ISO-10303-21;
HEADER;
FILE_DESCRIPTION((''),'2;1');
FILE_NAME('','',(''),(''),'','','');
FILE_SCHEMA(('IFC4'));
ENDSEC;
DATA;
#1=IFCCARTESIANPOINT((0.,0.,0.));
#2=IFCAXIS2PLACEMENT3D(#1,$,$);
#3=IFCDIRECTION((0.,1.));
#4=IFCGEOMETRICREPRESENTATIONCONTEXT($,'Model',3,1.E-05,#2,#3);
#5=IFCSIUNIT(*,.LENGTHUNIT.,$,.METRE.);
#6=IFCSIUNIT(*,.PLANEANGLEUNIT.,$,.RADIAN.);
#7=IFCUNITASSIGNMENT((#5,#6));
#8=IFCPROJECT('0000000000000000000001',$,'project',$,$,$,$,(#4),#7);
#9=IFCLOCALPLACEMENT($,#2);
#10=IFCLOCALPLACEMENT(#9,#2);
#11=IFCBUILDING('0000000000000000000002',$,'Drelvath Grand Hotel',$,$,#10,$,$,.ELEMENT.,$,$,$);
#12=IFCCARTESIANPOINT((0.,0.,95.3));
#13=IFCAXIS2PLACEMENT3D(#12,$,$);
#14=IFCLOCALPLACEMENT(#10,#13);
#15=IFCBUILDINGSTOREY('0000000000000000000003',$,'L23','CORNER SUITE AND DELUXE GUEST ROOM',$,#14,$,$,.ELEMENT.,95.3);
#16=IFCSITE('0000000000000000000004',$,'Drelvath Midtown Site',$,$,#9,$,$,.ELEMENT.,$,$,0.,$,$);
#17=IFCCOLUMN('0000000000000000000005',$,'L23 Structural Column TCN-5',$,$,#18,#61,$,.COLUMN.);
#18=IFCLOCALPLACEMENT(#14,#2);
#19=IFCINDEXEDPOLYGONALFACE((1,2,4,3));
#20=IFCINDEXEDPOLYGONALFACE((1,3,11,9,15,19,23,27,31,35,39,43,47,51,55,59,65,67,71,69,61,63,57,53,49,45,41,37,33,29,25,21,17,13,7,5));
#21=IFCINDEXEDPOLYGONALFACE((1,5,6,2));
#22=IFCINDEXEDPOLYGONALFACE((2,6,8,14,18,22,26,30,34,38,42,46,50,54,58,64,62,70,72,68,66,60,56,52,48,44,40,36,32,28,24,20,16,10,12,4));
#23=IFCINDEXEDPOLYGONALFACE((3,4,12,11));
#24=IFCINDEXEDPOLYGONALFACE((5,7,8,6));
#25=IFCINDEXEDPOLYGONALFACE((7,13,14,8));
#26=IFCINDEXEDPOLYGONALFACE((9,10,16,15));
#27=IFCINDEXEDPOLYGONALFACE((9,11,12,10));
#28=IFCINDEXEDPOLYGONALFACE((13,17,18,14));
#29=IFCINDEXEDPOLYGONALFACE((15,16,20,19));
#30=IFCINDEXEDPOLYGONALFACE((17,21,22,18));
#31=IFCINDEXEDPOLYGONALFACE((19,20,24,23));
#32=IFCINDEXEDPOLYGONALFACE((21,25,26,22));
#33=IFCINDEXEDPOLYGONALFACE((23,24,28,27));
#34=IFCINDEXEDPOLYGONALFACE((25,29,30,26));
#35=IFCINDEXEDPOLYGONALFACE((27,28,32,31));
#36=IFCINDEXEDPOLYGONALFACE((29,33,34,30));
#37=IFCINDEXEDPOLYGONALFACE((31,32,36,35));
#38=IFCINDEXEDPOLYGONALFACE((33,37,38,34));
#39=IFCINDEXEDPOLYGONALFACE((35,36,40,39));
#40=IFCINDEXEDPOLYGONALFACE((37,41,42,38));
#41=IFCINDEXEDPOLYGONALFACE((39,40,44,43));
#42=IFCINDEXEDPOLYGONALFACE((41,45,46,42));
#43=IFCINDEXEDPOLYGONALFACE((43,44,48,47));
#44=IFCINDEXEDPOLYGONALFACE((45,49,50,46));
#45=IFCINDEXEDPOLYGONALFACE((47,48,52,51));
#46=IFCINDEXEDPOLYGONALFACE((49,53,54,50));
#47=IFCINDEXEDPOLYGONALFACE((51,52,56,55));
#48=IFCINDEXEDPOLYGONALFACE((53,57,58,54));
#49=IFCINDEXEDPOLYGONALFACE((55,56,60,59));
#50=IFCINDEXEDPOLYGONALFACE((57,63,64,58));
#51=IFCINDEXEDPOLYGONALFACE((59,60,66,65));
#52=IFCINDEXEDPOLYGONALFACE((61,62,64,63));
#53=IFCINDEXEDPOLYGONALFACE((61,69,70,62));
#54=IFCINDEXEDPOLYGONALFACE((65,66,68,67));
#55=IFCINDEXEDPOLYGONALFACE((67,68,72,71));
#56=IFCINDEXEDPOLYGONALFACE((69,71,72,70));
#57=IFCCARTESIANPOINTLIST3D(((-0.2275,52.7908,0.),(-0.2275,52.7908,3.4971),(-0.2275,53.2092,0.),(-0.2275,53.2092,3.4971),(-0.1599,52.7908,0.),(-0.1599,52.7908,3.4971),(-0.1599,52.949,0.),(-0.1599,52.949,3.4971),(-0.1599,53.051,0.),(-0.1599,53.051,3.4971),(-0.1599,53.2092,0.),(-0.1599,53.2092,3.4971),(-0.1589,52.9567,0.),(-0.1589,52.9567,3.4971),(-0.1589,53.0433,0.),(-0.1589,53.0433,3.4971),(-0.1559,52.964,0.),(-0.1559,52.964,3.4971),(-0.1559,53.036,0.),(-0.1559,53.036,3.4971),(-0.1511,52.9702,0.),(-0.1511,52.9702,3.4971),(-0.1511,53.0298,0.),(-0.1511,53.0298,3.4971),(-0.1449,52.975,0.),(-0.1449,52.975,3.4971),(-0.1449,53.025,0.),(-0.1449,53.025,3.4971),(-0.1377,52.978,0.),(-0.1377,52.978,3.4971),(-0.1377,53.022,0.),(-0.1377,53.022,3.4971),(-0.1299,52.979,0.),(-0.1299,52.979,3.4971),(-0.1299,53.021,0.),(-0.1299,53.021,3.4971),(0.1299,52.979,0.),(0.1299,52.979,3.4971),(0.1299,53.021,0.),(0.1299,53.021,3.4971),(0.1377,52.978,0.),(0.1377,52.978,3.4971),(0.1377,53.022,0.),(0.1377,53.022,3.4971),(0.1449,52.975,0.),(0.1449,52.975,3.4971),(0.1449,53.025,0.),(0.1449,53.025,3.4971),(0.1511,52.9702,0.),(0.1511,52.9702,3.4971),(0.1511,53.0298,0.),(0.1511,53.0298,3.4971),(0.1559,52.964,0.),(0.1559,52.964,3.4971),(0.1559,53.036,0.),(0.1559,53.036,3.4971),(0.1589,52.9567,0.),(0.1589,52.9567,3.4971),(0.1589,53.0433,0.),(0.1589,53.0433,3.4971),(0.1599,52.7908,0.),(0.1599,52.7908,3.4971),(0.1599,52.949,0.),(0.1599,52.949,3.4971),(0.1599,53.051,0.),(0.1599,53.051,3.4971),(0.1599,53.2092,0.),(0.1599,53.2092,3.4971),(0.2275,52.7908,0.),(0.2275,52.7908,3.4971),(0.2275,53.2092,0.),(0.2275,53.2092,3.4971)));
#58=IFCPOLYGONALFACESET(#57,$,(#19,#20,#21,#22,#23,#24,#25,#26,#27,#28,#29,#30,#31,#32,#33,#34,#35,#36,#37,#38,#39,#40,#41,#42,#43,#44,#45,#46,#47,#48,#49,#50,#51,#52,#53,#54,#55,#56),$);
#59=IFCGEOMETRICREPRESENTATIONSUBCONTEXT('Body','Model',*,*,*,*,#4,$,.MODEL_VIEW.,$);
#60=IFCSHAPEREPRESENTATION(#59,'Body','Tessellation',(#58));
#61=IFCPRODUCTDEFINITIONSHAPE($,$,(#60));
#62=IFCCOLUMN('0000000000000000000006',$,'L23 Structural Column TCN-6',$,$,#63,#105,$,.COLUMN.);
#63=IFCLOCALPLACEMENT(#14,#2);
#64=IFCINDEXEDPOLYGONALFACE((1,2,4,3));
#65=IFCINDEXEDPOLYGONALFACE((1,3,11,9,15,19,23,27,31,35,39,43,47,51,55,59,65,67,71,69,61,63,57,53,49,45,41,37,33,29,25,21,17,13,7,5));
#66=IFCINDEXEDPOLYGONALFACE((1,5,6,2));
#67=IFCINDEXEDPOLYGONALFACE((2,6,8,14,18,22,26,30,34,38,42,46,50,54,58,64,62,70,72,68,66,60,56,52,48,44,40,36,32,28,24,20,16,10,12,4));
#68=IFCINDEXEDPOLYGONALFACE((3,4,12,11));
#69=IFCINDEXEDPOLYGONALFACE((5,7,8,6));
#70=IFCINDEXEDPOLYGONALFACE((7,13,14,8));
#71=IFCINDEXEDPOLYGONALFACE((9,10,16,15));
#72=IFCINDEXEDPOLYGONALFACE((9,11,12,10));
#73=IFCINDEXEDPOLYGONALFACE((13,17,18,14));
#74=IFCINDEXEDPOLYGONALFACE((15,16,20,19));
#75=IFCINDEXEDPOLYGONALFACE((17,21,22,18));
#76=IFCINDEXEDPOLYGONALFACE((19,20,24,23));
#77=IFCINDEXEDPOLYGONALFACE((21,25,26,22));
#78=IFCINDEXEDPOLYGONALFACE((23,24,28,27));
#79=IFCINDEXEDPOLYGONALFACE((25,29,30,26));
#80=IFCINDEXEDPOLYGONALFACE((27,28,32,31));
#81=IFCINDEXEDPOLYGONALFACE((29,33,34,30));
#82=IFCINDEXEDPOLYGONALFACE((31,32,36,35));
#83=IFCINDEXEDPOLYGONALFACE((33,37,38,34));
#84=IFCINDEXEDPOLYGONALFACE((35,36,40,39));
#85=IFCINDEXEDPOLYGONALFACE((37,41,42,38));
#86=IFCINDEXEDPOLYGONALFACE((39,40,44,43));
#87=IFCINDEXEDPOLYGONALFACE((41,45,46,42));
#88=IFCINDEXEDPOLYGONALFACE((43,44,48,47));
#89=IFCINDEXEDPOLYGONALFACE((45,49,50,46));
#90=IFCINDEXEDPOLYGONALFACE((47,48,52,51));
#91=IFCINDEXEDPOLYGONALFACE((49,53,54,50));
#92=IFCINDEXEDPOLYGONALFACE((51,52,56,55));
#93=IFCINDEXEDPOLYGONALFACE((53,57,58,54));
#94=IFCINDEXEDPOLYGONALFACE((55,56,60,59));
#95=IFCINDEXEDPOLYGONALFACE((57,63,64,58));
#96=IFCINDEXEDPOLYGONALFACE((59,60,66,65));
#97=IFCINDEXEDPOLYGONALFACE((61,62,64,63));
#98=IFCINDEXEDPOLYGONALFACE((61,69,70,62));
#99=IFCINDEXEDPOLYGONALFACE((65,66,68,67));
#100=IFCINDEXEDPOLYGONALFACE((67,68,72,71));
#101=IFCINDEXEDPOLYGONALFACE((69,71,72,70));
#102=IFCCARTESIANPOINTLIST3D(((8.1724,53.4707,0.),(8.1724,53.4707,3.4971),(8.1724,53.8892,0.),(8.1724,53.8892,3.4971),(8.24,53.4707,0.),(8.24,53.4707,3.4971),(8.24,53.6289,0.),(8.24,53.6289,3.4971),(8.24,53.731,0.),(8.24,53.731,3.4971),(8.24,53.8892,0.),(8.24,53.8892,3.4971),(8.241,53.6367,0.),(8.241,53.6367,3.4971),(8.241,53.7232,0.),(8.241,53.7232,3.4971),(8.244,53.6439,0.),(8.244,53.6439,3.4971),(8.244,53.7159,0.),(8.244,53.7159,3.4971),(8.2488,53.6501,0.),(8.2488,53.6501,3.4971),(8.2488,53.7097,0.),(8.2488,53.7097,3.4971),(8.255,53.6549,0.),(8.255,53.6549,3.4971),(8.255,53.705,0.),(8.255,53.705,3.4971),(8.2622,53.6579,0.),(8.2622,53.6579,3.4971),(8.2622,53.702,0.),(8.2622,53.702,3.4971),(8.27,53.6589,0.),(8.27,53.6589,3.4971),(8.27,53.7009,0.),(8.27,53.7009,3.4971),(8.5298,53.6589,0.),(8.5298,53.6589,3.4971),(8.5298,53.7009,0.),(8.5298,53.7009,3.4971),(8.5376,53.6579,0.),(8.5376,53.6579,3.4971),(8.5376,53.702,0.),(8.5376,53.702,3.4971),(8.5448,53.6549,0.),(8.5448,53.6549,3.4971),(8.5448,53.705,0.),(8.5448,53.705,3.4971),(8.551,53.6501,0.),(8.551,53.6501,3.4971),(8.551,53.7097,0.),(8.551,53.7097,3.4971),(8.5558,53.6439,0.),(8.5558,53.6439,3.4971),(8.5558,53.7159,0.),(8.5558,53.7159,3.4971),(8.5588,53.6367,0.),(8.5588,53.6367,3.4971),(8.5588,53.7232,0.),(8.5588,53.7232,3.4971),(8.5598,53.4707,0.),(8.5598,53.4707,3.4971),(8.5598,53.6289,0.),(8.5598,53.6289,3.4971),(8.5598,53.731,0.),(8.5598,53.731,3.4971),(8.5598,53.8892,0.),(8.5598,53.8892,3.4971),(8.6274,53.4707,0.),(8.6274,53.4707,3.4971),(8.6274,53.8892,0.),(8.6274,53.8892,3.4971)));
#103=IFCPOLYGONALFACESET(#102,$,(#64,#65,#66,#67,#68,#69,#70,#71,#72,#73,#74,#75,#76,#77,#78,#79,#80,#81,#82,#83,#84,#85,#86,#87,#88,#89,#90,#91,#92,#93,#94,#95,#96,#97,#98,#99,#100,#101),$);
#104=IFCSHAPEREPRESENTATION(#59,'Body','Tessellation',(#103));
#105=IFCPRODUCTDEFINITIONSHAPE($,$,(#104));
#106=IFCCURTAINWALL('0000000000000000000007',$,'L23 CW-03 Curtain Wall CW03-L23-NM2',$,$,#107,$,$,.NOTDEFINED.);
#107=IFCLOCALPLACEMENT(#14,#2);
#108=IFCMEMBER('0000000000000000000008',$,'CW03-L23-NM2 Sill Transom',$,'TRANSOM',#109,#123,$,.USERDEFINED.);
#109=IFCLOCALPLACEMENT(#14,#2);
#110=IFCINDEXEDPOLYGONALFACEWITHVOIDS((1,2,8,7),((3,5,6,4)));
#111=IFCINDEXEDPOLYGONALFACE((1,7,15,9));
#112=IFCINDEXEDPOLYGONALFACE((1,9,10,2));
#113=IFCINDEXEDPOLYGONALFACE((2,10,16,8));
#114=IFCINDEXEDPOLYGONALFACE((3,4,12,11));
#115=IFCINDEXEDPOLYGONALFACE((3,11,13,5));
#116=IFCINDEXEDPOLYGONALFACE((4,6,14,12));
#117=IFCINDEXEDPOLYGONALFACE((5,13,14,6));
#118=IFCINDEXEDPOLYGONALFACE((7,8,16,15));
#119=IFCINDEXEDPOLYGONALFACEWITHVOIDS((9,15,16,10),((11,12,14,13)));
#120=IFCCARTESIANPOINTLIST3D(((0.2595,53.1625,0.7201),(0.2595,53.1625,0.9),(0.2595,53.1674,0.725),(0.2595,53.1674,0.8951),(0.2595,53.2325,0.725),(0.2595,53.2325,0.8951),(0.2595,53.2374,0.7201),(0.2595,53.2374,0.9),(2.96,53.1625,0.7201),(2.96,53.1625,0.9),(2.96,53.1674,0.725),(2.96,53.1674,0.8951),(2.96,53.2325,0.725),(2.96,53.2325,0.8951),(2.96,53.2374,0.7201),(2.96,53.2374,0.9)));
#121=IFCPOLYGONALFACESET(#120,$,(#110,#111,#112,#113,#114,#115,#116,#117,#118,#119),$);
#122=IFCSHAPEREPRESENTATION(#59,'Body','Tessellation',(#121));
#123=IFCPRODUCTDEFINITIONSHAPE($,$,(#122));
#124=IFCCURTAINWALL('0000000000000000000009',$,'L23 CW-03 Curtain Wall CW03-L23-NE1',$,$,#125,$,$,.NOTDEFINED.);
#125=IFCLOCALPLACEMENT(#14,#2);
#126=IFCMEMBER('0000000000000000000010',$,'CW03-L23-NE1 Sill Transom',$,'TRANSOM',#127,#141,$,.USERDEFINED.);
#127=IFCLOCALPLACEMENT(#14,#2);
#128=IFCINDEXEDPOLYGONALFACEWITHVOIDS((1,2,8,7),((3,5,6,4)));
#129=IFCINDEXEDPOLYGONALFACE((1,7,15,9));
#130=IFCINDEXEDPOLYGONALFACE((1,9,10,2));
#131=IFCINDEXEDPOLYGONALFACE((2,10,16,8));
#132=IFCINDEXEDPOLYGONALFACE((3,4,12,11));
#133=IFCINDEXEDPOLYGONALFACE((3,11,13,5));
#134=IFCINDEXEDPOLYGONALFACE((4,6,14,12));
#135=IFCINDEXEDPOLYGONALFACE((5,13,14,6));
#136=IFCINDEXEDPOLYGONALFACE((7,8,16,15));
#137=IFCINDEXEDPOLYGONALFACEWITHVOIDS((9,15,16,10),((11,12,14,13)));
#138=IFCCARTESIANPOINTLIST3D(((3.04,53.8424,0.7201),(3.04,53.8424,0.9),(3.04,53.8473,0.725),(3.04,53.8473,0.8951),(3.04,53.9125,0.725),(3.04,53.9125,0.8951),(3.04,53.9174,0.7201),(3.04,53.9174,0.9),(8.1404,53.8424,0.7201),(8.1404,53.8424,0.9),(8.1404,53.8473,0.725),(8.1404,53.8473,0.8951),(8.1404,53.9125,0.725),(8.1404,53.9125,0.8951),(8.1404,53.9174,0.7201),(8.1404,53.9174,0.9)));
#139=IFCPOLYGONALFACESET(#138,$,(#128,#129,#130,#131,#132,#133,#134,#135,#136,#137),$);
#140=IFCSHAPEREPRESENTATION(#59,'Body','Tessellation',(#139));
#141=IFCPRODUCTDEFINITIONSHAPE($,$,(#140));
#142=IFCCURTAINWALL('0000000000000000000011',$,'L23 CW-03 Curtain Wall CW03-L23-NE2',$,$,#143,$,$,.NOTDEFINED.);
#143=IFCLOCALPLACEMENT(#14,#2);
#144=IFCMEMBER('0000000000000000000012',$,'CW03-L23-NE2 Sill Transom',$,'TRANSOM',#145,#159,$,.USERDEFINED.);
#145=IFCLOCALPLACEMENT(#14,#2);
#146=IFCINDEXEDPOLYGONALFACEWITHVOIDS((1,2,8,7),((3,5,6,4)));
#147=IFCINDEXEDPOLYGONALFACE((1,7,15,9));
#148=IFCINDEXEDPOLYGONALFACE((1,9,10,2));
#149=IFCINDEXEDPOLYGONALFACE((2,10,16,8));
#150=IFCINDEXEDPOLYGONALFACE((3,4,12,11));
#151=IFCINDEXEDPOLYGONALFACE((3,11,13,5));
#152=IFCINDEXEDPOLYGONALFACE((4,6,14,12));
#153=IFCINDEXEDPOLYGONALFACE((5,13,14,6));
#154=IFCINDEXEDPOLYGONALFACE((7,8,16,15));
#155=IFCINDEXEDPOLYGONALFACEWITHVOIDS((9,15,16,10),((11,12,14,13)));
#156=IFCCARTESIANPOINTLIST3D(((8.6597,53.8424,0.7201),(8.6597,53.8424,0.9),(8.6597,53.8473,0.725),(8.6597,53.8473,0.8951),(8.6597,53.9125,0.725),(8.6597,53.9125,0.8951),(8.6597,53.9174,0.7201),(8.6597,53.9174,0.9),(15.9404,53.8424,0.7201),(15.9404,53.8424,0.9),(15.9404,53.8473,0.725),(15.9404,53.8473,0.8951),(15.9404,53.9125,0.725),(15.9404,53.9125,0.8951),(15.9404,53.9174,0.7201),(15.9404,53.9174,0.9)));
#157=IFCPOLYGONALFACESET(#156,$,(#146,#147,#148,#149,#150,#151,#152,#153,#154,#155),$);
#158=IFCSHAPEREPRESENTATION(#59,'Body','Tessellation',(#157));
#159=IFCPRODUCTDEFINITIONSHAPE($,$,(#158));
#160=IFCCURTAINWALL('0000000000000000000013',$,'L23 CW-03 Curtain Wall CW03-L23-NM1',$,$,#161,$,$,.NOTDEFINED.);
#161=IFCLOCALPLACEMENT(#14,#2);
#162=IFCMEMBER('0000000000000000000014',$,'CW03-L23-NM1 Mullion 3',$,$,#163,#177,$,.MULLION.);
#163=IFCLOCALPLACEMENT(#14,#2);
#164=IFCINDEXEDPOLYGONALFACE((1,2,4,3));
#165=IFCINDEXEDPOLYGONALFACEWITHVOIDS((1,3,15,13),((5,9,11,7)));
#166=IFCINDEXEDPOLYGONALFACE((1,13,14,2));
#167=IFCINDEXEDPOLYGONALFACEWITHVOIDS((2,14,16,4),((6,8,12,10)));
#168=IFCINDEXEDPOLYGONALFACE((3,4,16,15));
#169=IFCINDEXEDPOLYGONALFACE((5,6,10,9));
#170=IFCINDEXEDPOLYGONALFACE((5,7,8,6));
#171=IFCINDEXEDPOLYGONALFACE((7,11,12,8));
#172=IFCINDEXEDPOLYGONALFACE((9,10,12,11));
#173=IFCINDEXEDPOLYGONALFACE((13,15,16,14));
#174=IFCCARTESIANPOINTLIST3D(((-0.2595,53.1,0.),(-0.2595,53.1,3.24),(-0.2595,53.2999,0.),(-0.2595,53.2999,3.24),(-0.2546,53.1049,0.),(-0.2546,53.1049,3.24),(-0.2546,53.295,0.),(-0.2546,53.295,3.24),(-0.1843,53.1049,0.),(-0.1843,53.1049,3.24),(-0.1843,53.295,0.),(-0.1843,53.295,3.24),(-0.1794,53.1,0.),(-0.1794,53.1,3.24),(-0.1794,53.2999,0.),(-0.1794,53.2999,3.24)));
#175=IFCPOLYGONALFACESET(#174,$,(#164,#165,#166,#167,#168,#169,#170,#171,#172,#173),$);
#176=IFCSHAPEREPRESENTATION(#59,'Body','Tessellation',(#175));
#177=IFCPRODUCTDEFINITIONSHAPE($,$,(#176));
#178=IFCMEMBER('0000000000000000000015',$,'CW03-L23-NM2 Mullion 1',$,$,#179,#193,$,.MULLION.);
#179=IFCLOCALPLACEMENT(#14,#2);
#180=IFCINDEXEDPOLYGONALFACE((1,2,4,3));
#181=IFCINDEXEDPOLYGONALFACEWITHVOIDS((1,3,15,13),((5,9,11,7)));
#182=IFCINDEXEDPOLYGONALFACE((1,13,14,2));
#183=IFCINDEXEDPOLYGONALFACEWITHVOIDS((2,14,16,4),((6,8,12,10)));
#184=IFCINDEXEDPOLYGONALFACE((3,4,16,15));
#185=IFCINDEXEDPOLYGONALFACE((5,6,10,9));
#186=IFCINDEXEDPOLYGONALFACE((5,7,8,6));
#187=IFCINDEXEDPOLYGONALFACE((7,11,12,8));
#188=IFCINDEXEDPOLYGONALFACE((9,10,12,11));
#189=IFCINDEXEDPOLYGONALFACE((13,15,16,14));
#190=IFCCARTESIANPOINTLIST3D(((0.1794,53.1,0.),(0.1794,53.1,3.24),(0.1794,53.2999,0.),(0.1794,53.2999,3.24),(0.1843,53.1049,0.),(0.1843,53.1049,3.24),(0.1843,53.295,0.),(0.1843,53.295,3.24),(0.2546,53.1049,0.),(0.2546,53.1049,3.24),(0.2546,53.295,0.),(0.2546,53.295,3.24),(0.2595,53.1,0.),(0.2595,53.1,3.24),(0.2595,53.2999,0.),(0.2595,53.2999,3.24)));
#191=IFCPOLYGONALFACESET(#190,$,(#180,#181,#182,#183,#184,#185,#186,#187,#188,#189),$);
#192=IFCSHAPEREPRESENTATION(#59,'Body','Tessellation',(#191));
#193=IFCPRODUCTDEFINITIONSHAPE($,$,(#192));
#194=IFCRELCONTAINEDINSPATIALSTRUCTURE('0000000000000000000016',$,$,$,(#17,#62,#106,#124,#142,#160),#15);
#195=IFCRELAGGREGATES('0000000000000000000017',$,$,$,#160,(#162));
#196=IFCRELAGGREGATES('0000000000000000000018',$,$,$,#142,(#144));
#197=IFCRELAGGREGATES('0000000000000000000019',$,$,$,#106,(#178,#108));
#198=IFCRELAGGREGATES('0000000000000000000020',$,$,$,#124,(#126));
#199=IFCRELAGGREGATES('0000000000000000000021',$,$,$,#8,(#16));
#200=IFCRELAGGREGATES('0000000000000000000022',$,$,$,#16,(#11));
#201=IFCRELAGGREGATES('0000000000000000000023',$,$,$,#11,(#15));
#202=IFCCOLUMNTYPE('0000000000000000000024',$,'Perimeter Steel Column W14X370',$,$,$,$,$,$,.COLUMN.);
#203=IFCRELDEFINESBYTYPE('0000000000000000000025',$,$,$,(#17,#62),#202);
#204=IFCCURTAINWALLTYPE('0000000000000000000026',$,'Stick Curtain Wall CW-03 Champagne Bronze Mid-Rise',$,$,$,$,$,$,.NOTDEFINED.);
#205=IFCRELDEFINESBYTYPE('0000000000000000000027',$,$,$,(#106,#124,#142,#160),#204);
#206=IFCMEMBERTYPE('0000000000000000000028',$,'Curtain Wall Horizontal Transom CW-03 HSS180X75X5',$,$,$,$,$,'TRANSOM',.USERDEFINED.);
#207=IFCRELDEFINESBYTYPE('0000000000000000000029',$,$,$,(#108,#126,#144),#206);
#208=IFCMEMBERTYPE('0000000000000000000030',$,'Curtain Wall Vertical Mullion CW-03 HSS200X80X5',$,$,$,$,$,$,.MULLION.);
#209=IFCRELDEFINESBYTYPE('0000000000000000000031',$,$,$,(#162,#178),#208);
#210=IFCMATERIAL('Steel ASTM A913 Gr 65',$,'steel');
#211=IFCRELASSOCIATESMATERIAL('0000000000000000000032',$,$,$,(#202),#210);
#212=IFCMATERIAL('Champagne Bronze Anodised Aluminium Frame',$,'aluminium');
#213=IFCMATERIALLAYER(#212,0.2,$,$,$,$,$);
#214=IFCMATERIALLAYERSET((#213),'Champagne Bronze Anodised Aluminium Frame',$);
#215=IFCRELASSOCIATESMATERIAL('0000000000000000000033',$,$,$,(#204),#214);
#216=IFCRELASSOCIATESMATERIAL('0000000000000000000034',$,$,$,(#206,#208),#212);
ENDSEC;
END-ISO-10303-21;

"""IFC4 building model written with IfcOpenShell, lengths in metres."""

from ifc_helpers import new_model, si_unit, direction, frame, origin, origin_2d, place, context, subcontext, project, spatial, hollow_rectangle, i_section, extrude, material, layer, layer_set, material_profile, profile_set, type_object, element, aggregate, save


model = new_model("IFC4")

# Units and contexts
model_context = context("Model", 3, precision=1e-05, world=origin(), true_north=direction((0.0, 1.0)))
body_context = subcontext(model_context, "Body", "Model", "MODEL_VIEW")
ifc_project = project(units=[si_unit("LENGTHUNIT", "METRE"), si_unit("PLANEANGLEUNIT", "RADIAN")], contexts=[model_context])

# Site, building, storey
site_placement = place(None, origin())
site = spatial("IfcSite", under=ifc_project, at=site_placement, Name="Drelvath Midtown Site", CompositionType="ELEMENT", RefElevation=0.0)
building_placement = place(site_placement, origin())
building = spatial("IfcBuilding", under=site, at=building_placement, Name="Drelvath Grand Hotel", CompositionType="ELEMENT")
storey_placement = place(building_placement, frame((0.0, 0.0, 95.3)))
storey = spatial("IfcBuildingStorey", under=building, at=storey_placement, Name="L23", Description="CORNER SUITE AND DELUXE GUEST ROOM", CompositionType="ELEMENT", Elevation=95.3)

# Columns
ifc_material_1 = material(Name="Steel ASTM A913 Gr 65", Category="steel")
ifc_material_profile_1 = material_profile(ifc_material_1, i_section(OverallWidth=0.4185, OverallDepth=0.4551, WebThickness=0.042, FlangeThickness=0.0676, FilletRadius=0.03, at=origin_2d()), Name="W14X370")
ifc_profile_set_1 = profile_set([ifc_material_profile_1], Name="Steel ASTM A913 Gr 65")
column_type = type_object("IfcColumnType", Name="Perimeter Steel Column W14X370", PredefinedType="COLUMN", material=ifc_profile_set_1)
for number, where, z_axis, x_axis, name in (
    (1, (0.0, 53.0, 0.0), (0.0, 0.0, 1.0), (0.0, 1.0, 0.0), "L23 Structural Column TCN-5"),
    (2, (8.3999, 53.6799, 0.0), (0.0, 0.0, 1.0), (0.0, 1.0, 0.0), "L23 Structural Column TCN-6"),
):
    element("IfcColumn", number, at=place(storey_placement, frame(where, z_axis=z_axis, x_axis=x_axis)), inside=storey, type_object=column_type, Name=name, PredefinedType="COLUMN", context=body_context, shape_type="SweptSolid", body=[
        extrude(i_section(OverallWidth=0.4185, OverallDepth=0.4551, WebThickness=0.042, FlangeThickness=0.0676, FilletRadius=0.03, at=origin_2d()), origin(), (0.0, 0.0, 1.0), 3.4971),
    ])

# Curtain walls, members
ifc_material_2 = material(Name="Champagne Bronze Anodised Aluminium Frame", Category="aluminium")
ifc_layer_1 = layer(ifc_material_2, 0.2)
ifc_layer_set_1 = layer_set([ifc_layer_1], Name="Champagne Bronze Anodised Aluminium Frame")
curtain_wall_type = type_object("IfcCurtainWallType", Name="Stick Curtain Wall CW-03 Champagne Bronze Mid-Rise", PredefinedType="NOTDEFINED", material=ifc_layer_set_1)
curtain_wall_1_placement = place(storey_placement, origin())
curtain_wall_1 = element("IfcCurtainWall", 3, at=curtain_wall_1_placement, inside=storey, type_object=curtain_wall_type, Name="L23 CW-03 Curtain Wall CW03-L23-NM2", PredefinedType="NOTDEFINED")
ifc_material_profile_2 = material_profile(ifc_material_2, hollow_rectangle(XDim=0.075, YDim=0.1799, WallThickness=0.0049, at=origin_2d()), Name="HSS180X75X5")
ifc_profile_set_2 = profile_set([ifc_material_profile_2], Name="Champagne Bronze Anodised Aluminium Frame")
member_type_1 = type_object("IfcMemberType", Name="Curtain Wall Horizontal Transom CW-03 HSS180X75X5", ElementType="TRANSOM", PredefinedType="USERDEFINED", material=ifc_profile_set_2)
member_1_placement = place(storey_placement, frame((0.2595, 53.2, 0.8101), z_axis=(1.0, 0.0, 0.0), x_axis=(0.0, 1.0, 0.0)))
member_1 = element("IfcMember", 4, at=member_1_placement, type_object=member_type_1, Name="CW03-L23-NM2 Sill Transom", ObjectType="TRANSOM", PredefinedType="USERDEFINED", context=body_context, shape_type="SweptSolid", body=[
    extrude(hollow_rectangle(XDim=0.075, YDim=0.1799, WallThickness=0.0049, at=origin_2d()), origin(), (0.0, 0.0, 1.0), 2.7004),
])
curtain_wall_2_placement = place(storey_placement, origin())
curtain_wall_2 = element("IfcCurtainWall", 5, at=curtain_wall_2_placement, inside=storey, type_object=curtain_wall_type, Name="L23 CW-03 Curtain Wall CW03-L23-NE1", PredefinedType="NOTDEFINED")
member_2_placement = place(storey_placement, frame((3.04, 53.8799, 0.8101), z_axis=(1.0, 0.0, 0.0), x_axis=(0.0, 1.0, 0.0)))
member_2 = element("IfcMember", 6, at=member_2_placement, type_object=member_type_1, Name="CW03-L23-NE1 Sill Transom", ObjectType="TRANSOM", PredefinedType="USERDEFINED", context=body_context, shape_type="SweptSolid", body=[
    extrude(hollow_rectangle(XDim=0.075, YDim=0.1799, WallThickness=0.0049, at=origin_2d()), origin(), (0.0, 0.0, 1.0), 5.1003),
])
curtain_wall_3_placement = place(storey_placement, origin())
curtain_wall_3 = element("IfcCurtainWall", 7, at=curtain_wall_3_placement, inside=storey, type_object=curtain_wall_type, Name="L23 CW-03 Curtain Wall CW03-L23-NE2", PredefinedType="NOTDEFINED")
member_3_placement = place(storey_placement, frame((8.6597, 53.8799, 0.8101), z_axis=(1.0, 0.0, 0.0), x_axis=(0.0, 1.0, 0.0)))
member_3 = element("IfcMember", 8, at=member_3_placement, type_object=member_type_1, Name="CW03-L23-NE2 Sill Transom", ObjectType="TRANSOM", PredefinedType="USERDEFINED", context=body_context, shape_type="SweptSolid", body=[
    extrude(hollow_rectangle(XDim=0.075, YDim=0.1799, WallThickness=0.0049, at=origin_2d()), origin(), (0.0, 0.0, 1.0), 7.2808),
])
curtain_wall_4_placement = place(storey_placement, origin())
curtain_wall_4 = element("IfcCurtainWall", 9, at=curtain_wall_4_placement, inside=storey, type_object=curtain_wall_type, Name="L23 CW-03 Curtain Wall CW03-L23-NM1", PredefinedType="NOTDEFINED")
ifc_material_profile_3 = material_profile(ifc_material_2, hollow_rectangle(XDim=0.0801, YDim=0.2, WallThickness=0.0049, at=origin_2d()), Name="HSS200X80X5")
ifc_profile_set_3 = profile_set([ifc_material_profile_3], Name="Champagne Bronze Anodised Aluminium Frame")
member_type_2 = type_object("IfcMemberType", Name="Curtain Wall Vertical Mullion CW-03 HSS200X80X5", PredefinedType="MULLION", material=ifc_profile_set_3)
member_4_placement = place(storey_placement, frame((-0.2195, 53.2, 0.0), z_axis=(0.0, 0.0, 1.0), x_axis=(1.0, 0.0, 0.0)))
member_4 = element("IfcMember", 10, at=member_4_placement, type_object=member_type_2, Name="CW03-L23-NM1 Mullion 3", PredefinedType="MULLION", context=body_context, shape_type="SweptSolid", body=[
    extrude(hollow_rectangle(XDim=0.0801, YDim=0.2, WallThickness=0.0049, at=origin_2d()), origin(), (0.0, 0.0, 1.0), 3.24),
])
aggregate(curtain_wall_4, [member_4])

# Member
member_5_placement = place(storey_placement, frame((0.2195, 53.2, 0.0), z_axis=(0.0, 0.0, 1.0), x_axis=(1.0, 0.0, 0.0)))
member_5 = element("IfcMember", 11, at=member_5_placement, type_object=member_type_2, Name="CW03-L23-NM2 Mullion 1", PredefinedType="MULLION", context=body_context, shape_type="SweptSolid", body=[
    extrude(hollow_rectangle(XDim=0.0801, YDim=0.2, WallThickness=0.0049, at=origin_2d()), origin(), (0.0, 0.0, 1.0), 3.24),
])
aggregate(curtain_wall_3, [member_3])

aggregate(curtain_wall_1, [member_5, member_1])
aggregate(curtain_wall_2, [member_2])

save(model, "model.ifc")
